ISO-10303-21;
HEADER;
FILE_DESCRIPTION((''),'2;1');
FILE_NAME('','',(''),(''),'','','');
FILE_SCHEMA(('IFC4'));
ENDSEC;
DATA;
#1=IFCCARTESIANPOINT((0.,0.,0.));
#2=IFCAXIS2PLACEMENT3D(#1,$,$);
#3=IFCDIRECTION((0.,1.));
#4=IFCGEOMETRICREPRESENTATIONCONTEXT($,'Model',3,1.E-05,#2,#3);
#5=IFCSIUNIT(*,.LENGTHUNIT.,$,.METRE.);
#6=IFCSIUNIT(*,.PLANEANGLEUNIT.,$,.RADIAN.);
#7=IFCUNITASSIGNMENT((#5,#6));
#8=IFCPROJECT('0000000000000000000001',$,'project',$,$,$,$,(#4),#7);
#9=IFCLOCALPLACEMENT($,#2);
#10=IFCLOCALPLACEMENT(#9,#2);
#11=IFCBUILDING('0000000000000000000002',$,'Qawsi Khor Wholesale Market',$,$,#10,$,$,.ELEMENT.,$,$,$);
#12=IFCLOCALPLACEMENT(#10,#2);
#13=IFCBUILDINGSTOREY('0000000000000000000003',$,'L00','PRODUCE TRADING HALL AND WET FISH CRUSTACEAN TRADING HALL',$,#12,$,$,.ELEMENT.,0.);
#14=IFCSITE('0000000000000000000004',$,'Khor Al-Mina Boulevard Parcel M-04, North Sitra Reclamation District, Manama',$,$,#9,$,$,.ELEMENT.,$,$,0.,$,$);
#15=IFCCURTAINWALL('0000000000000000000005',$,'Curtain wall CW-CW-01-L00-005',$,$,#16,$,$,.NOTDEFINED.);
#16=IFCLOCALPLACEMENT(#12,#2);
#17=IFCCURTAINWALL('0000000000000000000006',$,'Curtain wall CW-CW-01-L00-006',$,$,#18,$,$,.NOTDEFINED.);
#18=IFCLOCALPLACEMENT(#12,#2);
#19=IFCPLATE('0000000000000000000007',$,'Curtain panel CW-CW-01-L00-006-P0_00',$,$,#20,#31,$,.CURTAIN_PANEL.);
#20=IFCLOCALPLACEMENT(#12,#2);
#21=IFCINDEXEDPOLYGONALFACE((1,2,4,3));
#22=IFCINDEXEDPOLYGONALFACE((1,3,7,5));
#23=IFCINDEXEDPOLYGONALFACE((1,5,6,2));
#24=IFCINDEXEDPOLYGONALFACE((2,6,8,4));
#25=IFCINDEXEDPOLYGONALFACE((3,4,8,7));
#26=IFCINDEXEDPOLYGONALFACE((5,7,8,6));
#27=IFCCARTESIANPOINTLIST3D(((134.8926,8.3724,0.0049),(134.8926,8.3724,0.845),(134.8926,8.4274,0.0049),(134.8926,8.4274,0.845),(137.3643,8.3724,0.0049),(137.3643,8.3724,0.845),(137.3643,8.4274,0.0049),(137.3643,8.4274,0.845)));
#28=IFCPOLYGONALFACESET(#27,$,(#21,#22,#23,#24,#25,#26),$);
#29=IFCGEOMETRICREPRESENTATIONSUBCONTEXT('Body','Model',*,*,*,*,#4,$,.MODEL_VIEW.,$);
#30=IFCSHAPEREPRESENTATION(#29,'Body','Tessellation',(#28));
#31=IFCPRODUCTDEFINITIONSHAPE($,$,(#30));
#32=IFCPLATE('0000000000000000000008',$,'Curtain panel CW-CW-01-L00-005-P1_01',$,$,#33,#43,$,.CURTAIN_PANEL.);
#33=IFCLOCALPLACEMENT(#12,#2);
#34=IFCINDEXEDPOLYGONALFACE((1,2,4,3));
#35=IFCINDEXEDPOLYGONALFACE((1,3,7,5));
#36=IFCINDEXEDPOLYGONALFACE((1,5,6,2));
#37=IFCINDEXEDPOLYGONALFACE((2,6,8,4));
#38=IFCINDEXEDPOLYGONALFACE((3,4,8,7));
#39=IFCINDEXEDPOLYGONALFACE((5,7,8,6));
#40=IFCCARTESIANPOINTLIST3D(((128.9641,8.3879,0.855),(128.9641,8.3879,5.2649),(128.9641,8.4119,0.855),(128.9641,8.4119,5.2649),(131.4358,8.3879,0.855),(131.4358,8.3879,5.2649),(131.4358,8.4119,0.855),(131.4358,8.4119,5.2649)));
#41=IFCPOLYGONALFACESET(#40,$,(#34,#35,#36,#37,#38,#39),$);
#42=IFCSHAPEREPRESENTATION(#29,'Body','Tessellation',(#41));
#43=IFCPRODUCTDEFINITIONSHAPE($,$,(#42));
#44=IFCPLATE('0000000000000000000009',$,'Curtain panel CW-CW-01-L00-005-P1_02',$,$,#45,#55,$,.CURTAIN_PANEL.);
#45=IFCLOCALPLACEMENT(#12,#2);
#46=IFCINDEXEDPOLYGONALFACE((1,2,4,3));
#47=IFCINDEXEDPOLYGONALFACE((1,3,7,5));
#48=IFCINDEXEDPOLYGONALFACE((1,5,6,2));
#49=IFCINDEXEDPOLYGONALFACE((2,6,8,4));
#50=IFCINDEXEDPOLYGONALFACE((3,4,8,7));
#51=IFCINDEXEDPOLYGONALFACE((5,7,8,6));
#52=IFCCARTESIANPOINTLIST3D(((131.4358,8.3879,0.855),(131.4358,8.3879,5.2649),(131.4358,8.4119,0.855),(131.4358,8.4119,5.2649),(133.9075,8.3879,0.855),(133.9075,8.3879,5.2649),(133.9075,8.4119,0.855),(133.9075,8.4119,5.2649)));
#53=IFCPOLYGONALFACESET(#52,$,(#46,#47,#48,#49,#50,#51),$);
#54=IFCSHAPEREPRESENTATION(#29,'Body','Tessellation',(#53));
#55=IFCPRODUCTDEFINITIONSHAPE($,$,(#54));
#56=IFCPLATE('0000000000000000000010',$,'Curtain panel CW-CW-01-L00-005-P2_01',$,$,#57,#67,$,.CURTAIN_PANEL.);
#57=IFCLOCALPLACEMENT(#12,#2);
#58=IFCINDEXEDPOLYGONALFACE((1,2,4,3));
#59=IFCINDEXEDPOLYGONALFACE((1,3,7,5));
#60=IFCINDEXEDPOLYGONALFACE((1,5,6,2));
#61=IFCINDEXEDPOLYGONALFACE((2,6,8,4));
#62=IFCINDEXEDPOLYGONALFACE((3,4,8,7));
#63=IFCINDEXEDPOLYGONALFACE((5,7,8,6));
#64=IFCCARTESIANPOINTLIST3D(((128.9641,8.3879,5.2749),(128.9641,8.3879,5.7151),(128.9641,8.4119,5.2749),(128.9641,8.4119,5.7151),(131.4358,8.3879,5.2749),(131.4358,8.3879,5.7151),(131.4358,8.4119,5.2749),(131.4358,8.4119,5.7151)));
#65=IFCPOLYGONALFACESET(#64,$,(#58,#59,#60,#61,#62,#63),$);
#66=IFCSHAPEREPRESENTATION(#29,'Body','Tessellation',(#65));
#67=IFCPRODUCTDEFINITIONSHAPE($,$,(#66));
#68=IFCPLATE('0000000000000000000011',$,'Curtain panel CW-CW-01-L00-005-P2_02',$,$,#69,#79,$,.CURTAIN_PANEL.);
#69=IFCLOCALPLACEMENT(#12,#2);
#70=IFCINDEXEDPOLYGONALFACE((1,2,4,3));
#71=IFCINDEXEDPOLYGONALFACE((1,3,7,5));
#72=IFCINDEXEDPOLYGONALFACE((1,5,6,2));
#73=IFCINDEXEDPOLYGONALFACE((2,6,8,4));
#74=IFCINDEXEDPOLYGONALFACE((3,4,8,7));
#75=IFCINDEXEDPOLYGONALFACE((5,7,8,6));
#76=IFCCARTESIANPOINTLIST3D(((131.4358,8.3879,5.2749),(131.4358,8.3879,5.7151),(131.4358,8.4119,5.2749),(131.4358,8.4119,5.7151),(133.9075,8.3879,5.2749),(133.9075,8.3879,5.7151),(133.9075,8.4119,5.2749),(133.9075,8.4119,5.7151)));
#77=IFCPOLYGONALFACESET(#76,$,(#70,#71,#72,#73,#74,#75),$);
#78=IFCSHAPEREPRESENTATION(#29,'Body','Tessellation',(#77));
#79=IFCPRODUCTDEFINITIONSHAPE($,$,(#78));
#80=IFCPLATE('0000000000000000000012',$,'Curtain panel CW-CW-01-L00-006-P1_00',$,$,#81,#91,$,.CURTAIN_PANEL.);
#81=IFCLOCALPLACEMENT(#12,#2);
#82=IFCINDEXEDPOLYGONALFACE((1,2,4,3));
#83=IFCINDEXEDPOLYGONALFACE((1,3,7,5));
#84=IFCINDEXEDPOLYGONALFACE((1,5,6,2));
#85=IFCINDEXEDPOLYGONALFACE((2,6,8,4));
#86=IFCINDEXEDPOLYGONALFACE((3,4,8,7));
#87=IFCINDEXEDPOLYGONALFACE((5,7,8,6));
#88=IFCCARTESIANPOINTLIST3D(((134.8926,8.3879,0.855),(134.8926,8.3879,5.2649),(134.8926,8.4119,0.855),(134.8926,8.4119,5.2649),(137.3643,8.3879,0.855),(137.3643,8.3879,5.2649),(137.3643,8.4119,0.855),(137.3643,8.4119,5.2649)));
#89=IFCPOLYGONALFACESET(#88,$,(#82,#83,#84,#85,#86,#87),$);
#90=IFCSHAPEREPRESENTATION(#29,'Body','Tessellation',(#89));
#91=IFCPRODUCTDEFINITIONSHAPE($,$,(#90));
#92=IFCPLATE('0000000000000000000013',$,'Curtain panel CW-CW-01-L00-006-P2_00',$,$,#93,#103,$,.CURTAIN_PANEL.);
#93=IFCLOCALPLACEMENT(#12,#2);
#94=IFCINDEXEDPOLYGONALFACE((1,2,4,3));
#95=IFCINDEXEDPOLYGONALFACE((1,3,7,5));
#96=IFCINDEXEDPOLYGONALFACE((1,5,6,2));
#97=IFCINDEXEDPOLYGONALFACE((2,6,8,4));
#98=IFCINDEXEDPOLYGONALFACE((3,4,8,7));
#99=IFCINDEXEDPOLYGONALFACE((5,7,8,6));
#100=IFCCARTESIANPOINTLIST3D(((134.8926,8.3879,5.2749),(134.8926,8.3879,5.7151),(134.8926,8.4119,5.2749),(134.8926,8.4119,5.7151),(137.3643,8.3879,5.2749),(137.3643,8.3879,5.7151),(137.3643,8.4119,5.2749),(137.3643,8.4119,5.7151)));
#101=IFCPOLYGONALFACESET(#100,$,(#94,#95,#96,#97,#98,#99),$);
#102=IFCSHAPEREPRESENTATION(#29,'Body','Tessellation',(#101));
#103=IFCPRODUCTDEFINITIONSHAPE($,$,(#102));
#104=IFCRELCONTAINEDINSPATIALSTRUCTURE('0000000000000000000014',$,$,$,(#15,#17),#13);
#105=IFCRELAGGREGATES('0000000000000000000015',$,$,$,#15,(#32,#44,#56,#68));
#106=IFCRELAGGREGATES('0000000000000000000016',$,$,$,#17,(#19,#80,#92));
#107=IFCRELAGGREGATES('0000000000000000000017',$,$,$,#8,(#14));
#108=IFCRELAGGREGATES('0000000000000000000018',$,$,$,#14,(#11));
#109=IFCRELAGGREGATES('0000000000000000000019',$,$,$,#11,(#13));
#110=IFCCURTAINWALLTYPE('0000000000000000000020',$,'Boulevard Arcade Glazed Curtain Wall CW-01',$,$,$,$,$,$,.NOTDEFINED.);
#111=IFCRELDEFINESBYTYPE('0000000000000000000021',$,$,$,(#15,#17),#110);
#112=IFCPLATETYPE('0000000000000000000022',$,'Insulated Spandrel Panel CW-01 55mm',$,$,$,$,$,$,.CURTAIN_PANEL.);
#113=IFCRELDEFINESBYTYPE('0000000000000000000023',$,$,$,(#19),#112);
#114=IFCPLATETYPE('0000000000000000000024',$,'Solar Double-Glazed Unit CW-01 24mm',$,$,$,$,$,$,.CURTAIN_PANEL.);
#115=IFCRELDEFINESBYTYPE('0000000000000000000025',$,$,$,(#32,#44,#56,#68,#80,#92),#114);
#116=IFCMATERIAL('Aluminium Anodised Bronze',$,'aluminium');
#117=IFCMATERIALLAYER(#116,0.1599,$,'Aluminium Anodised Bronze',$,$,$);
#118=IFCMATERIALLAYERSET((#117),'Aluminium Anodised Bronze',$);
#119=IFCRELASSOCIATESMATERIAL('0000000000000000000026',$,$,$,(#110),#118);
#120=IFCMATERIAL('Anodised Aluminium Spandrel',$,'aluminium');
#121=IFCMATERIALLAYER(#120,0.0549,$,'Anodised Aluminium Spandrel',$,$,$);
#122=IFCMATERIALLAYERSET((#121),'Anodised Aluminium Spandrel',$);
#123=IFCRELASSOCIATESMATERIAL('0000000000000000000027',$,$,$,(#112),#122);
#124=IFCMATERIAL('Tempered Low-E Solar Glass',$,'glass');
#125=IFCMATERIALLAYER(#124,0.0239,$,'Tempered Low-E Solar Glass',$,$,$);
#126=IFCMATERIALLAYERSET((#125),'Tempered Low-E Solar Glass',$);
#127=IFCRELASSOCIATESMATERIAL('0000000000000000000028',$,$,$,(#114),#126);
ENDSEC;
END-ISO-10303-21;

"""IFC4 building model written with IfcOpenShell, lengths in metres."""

from ifc_helpers import new_model, si_unit, direction, frame, frame_2d, origin, place, context, subcontext, project, spatial, rectangle, extrude, material, layer, layer_set, type_object, element, aggregate, save


model = new_model("IFC4")

# Units and contexts
model_context = context("Model", 3, precision=1e-05, world=origin(), true_north=direction((0.0, 1.0)))
body_context = subcontext(model_context, "Body", "Model", "MODEL_VIEW")
ifc_project = project(units=[si_unit("LENGTHUNIT", "METRE"), si_unit("PLANEANGLEUNIT", "RADIAN")], contexts=[model_context])

# Site, building, storey
site_placement = place(None, origin())
site = spatial("IfcSite", under=ifc_project, at=site_placement, Name="Khor Al-Mina Boulevard Parcel M-04, North Sitra Reclamation District, Manama", CompositionType="ELEMENT", RefElevation=0.0)
building_placement = place(site_placement, origin())
building = spatial("IfcBuilding", under=site, at=building_placement, Name="Qawsi Khor Wholesale Market", CompositionType="ELEMENT")
storey_placement = place(building_placement, origin())
storey = spatial("IfcBuildingStorey", under=building, at=storey_placement, Name="L00", Description="PRODUCE TRADING HALL AND WET FISH CRUSTACEAN TRADING HALL", CompositionType="ELEMENT", Elevation=0.0)

# Curtain walls
ifc_material_1 = material(Name="Aluminium Anodised Bronze", Category="aluminium")
ifc_layer_1 = layer(ifc_material_1, 0.1599, Name="Aluminium Anodised Bronze")
ifc_layer_set_1 = layer_set([ifc_layer_1], Name="Aluminium Anodised Bronze")
curtain_wall_type = type_object("IfcCurtainWallType", Name="Boulevard Arcade Glazed Curtain Wall CW-01", PredefinedType="NOTDEFINED", material=ifc_layer_set_1)
curtain_wall_1_placement = place(storey_placement, origin())
curtain_wall_1 = element("IfcCurtainWall", 1, at=curtain_wall_1_placement, inside=storey, type_object=curtain_wall_type, Name="Curtain wall CW-CW-01-L00-005", PredefinedType="NOTDEFINED")
curtain_wall_2_placement = place(storey_placement, origin())
curtain_wall_2 = element("IfcCurtainWall", 2, at=curtain_wall_2_placement, inside=storey, type_object=curtain_wall_type, Name="Curtain wall CW-CW-01-L00-006", PredefinedType="NOTDEFINED")

# Plates
ifc_material_2 = material(Name="Anodised Aluminium Spandrel", Category="aluminium")
ifc_layer_2 = layer(ifc_material_2, 0.0549, Name="Anodised Aluminium Spandrel")
ifc_layer_set_2 = layer_set([ifc_layer_2], Name="Anodised Aluminium Spandrel")
plate_type_1 = type_object("IfcPlateType", Name="Insulated Spandrel Panel CW-01 55mm", PredefinedType="CURTAIN_PANEL", material=ifc_layer_set_2)
plate_1_placement = place(storey_placement, frame((134.8926, 8.3999, 0.0049), z_axis=(0.0, 0.0, 1.0), x_axis=(1.0, 0.0, 0.0)))
plate_1 = element("IfcPlate", 3, at=plate_1_placement, type_object=plate_type_1, Name="Curtain panel CW-CW-01-L00-006-P0_00", PredefinedType="CURTAIN_PANEL", context=body_context, shape_type="SweptSolid", body=[
    extrude(rectangle(XDim=2.4717, YDim=0.0549, at=frame_2d((1.2358, 0.0))), origin(), (0.0, 0.0, 1.0), 0.8401),
])
ifc_material_3 = material(Name="Tempered Low-E Solar Glass", Category="glass")
ifc_layer_3 = layer(ifc_material_3, 0.0239, Name="Tempered Low-E Solar Glass")
ifc_layer_set_3 = layer_set([ifc_layer_3], Name="Tempered Low-E Solar Glass")
plate_type_2 = type_object("IfcPlateType", Name="Solar Double-Glazed Unit CW-01 24mm", PredefinedType="CURTAIN_PANEL", material=ifc_layer_set_3)
plate_2_placement = place(storey_placement, frame((128.9641, 8.3999, 0.855), z_axis=(0.0, 0.0, 1.0), x_axis=(1.0, 0.0, 0.0)))
plate_2 = element("IfcPlate", 4, at=plate_2_placement, type_object=plate_type_2, Name="Curtain panel CW-CW-01-L00-005-P1_01", PredefinedType="CURTAIN_PANEL", context=body_context, shape_type="SweptSolid", body=[
    extrude(rectangle(XDim=2.4717, YDim=0.0239, at=frame_2d((1.2358, 0.0))), origin(), (0.0, 0.0, 1.0), 4.4099),
])
plate_3_placement = place(storey_placement, frame((131.4358, 8.3999, 0.855), z_axis=(0.0, 0.0, 1.0), x_axis=(1.0, 0.0, 0.0)))
plate_3 = element("IfcPlate", 5, at=plate_3_placement, type_object=plate_type_2, Name="Curtain panel CW-CW-01-L00-005-P1_02", PredefinedType="CURTAIN_PANEL", context=body_context, shape_type="SweptSolid", body=[
    extrude(rectangle(XDim=2.4717, YDim=0.0239, at=frame_2d((1.2358, 0.0))), origin(), (0.0, 0.0, 1.0), 4.4099),
])
plate_4_placement = place(storey_placement, frame((128.9641, 8.3999, 5.2749), z_axis=(0.0, 0.0, 1.0), x_axis=(1.0, 0.0, 0.0)))
plate_4 = element("IfcPlate", 6, at=plate_4_placement, type_object=plate_type_2, Name="Curtain panel CW-CW-01-L00-005-P2_01", PredefinedType="CURTAIN_PANEL", context=body_context, shape_type="SweptSolid", body=[
    extrude(rectangle(XDim=2.4717, YDim=0.0239, at=frame_2d((1.2358, 0.0))), origin(), (0.0, 0.0, 1.0), 0.4402),
])
plate_5_placement = place(storey_placement, frame((131.4358, 8.3999, 5.2749), z_axis=(0.0, 0.0, 1.0), x_axis=(1.0, 0.0, 0.0)))
plate_5 = element("IfcPlate", 7, at=plate_5_placement, type_object=plate_type_2, Name="Curtain panel CW-CW-01-L00-005-P2_02", PredefinedType="CURTAIN_PANEL", context=body_context, shape_type="SweptSolid", body=[
    extrude(rectangle(XDim=2.4717, YDim=0.0239, at=frame_2d((1.2358, 0.0))), origin(), (0.0, 0.0, 1.0), 0.4402),
])
aggregate(curtain_wall_1, [plate_2, plate_3, plate_4, plate_5])
plate_6_placement = place(storey_placement, frame((134.8926, 8.3999, 0.855), z_axis=(0.0, 0.0, 1.0), x_axis=(1.0, 0.0, 0.0)))
plate_6 = element("IfcPlate", 8, at=plate_6_placement, type_object=plate_type_2, Name="Curtain panel CW-CW-01-L00-006-P1_00", PredefinedType="CURTAIN_PANEL", context=body_context, shape_type="SweptSolid", body=[
    extrude(rectangle(XDim=2.4717, YDim=0.0239, at=frame_2d((1.2358, 0.0))), origin(), (0.0, 0.0, 1.0), 4.4099),
])
plate_7_placement = place(storey_placement, frame((134.8926, 8.3999, 5.2749), z_axis=(0.0, 0.0, 1.0), x_axis=(1.0, 0.0, 0.0)))
plate_7 = element("IfcPlate", 9, at=plate_7_placement, type_object=plate_type_2, Name="Curtain panel CW-CW-01-L00-006-P2_00", PredefinedType="CURTAIN_PANEL", context=body_context, shape_type="SweptSolid", body=[
    extrude(rectangle(XDim=2.4717, YDim=0.0239, at=frame_2d((1.2358, 0.0))), origin(), (0.0, 0.0, 1.0), 0.4402),
])
aggregate(curtain_wall_2, [plate_1, plate_6, plate_7])

save(model, "model.ifc")
